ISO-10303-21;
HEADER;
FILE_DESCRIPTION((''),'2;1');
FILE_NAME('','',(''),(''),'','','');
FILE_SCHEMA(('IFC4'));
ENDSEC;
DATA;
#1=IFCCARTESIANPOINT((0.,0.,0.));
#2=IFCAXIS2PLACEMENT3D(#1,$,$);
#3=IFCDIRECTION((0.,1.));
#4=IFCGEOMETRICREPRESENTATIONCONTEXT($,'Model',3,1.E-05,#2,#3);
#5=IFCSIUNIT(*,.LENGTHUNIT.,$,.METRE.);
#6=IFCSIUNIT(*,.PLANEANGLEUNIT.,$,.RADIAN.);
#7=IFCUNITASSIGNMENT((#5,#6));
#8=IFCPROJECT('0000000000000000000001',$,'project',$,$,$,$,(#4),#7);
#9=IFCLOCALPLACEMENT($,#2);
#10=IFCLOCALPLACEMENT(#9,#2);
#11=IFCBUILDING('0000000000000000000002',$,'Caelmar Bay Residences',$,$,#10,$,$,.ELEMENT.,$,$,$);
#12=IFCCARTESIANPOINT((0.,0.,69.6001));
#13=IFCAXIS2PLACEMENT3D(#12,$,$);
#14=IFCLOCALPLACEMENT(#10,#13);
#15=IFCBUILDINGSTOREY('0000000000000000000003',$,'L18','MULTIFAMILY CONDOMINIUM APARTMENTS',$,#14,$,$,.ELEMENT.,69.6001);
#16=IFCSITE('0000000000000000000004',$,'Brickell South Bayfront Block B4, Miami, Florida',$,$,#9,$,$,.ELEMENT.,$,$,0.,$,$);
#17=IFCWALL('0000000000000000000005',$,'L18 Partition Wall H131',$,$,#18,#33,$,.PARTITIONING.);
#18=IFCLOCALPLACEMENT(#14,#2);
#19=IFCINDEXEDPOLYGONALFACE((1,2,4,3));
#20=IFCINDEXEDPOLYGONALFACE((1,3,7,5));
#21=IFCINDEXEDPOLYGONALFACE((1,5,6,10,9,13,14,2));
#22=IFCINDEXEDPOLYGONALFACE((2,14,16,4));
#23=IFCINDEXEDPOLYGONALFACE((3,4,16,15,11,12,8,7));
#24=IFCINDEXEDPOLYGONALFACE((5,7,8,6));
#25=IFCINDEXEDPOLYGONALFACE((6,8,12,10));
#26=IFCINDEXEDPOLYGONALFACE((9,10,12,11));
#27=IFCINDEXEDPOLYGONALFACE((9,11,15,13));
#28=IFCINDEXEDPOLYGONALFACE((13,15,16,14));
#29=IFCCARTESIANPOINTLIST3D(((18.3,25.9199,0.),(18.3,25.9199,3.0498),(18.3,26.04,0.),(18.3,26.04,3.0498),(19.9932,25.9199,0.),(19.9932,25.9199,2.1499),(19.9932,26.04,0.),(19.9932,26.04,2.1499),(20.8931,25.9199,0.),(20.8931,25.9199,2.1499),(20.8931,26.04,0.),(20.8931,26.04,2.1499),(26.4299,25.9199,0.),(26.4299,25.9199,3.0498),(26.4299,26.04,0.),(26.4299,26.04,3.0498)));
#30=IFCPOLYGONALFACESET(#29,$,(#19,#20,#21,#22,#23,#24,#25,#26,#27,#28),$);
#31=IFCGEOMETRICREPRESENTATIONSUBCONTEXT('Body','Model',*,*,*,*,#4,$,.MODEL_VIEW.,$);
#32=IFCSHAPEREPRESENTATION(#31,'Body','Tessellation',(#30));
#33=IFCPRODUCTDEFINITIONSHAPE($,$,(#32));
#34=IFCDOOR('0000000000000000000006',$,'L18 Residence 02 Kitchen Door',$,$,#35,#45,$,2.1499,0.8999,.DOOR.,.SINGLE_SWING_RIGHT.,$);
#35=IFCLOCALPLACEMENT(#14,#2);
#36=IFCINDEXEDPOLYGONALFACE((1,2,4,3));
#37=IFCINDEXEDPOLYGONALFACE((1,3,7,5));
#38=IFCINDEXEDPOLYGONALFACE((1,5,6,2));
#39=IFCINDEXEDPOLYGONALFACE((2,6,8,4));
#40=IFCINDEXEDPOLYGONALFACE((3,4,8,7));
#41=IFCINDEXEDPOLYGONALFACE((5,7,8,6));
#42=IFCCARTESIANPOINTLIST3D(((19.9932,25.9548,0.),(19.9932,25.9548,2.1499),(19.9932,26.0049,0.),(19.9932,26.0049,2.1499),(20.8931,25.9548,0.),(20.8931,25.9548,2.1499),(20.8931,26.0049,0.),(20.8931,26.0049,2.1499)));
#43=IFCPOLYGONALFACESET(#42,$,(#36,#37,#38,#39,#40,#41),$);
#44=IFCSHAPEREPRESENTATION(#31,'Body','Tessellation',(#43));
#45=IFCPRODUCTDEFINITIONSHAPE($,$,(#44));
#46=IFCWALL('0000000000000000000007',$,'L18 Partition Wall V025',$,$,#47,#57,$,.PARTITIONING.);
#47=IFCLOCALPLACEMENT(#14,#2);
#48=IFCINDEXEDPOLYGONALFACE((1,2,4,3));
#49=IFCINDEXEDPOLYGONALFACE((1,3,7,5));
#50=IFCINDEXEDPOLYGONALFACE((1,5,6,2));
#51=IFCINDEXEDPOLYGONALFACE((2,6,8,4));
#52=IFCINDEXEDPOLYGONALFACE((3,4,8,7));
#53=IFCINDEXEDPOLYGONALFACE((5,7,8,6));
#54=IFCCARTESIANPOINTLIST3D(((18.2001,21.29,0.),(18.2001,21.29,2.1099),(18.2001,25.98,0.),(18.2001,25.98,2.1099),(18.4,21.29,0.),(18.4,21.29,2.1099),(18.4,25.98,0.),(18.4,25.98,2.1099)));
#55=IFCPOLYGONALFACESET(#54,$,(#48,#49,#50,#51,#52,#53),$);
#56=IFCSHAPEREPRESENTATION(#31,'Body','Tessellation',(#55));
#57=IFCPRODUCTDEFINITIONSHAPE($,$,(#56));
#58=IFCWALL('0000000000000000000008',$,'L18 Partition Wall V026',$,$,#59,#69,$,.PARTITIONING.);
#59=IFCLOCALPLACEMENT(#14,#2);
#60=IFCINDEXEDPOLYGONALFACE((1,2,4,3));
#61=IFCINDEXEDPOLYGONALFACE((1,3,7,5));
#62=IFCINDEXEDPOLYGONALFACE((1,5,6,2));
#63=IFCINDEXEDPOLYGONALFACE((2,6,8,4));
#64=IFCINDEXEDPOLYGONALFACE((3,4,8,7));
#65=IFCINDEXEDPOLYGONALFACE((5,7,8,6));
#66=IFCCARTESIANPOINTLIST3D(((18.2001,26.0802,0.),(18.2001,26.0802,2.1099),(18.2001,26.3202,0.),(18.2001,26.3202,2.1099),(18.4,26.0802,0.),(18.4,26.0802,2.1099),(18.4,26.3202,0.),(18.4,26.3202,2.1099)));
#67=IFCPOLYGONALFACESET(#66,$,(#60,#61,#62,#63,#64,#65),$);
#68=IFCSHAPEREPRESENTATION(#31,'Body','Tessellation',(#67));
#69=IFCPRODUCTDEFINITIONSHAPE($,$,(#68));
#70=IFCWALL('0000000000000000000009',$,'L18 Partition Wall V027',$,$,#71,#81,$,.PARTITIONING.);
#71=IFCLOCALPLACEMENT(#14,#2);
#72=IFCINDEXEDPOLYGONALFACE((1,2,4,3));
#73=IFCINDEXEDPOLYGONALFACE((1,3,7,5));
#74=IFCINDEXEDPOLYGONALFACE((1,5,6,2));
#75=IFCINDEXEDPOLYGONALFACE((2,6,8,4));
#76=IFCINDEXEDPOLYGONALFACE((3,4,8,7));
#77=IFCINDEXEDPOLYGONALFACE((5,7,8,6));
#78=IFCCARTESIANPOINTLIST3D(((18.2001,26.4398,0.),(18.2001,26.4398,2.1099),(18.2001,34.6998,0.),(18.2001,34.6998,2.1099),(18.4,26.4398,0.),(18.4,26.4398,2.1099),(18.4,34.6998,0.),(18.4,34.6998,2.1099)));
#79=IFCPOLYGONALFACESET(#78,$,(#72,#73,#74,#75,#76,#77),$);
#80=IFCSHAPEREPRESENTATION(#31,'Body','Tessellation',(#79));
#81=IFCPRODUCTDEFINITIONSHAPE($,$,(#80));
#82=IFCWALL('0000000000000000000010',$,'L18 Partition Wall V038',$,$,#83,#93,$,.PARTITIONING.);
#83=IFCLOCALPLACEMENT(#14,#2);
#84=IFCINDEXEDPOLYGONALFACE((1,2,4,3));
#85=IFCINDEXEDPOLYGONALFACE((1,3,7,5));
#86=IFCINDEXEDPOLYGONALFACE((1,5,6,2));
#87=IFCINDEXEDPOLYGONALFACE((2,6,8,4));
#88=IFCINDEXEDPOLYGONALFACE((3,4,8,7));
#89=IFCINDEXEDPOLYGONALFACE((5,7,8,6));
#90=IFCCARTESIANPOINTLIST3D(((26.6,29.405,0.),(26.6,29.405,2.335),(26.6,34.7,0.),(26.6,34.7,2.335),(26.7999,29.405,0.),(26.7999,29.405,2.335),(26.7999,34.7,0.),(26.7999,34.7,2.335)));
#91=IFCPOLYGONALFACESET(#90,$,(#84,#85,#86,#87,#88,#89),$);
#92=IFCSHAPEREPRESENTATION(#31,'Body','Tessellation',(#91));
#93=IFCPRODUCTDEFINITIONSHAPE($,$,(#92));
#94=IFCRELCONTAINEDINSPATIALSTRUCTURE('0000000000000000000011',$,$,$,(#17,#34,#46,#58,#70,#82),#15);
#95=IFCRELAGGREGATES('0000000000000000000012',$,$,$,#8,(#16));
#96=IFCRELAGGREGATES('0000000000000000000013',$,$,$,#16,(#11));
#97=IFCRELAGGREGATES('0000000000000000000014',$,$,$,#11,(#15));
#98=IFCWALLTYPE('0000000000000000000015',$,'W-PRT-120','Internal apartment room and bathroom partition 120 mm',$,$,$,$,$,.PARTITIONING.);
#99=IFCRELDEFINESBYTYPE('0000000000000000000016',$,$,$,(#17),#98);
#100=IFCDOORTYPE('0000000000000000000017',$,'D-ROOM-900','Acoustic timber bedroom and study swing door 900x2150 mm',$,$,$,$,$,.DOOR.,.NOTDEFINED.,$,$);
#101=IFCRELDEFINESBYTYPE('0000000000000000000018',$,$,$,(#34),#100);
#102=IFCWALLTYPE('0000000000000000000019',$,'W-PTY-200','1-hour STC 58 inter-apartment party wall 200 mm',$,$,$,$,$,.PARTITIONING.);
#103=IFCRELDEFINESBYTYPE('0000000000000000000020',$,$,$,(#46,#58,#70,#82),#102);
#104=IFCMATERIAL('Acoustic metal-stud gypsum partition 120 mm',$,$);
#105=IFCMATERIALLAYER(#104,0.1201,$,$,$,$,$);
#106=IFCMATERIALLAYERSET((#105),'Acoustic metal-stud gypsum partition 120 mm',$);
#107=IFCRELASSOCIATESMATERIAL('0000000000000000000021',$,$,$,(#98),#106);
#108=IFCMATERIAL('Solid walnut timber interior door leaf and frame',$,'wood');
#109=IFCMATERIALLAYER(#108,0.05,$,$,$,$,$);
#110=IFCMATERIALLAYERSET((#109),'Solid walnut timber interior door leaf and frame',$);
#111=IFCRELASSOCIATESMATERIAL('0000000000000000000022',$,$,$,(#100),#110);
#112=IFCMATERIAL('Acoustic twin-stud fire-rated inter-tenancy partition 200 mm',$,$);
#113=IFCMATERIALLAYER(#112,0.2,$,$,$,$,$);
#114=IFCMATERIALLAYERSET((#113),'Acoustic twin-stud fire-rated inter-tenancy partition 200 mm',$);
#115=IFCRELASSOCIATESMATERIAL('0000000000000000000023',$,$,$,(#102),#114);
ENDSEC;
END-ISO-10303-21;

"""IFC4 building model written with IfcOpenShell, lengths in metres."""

from ifc_helpers import new_model, si_unit, direction, frame, frame_2d, origin, place, context, subcontext, project, spatial, rectangle, extrude, material, layer, layer_set, type_object, element, fill, save


model = new_model("IFC4")

# Units and contexts
model_context = context("Model", 3, precision=1e-05, world=origin(), true_north=direction((0.0, 1.0)))
body_context = subcontext(model_context, "Body", "Model", "MODEL_VIEW")
ifc_project = project(units=[si_unit("LENGTHUNIT", "METRE"), si_unit("PLANEANGLEUNIT", "RADIAN")], contexts=[model_context])

# Site, building, storey
site_placement = place(None, origin())
site = spatial("IfcSite", under=ifc_project, at=site_placement, Name="Brickell South Bayfront Block B4, Miami, Florida", CompositionType="ELEMENT", RefElevation=0.0)
building_placement = place(site_placement, origin())
building = spatial("IfcBuilding", under=site, at=building_placement, Name="Caelmar Bay Residences", CompositionType="ELEMENT")
storey_placement = place(building_placement, frame((0.0, 0.0, 69.6001)))
storey = spatial("IfcBuildingStorey", under=building, at=storey_placement, Name="L18", Description="MULTIFAMILY CONDOMINIUM APARTMENTS", CompositionType="ELEMENT", Elevation=69.6001)

# Shared definitions
ifc_material_1 = material(Name="Acoustic metal-stud gypsum partition 120 mm")
ifc_layer_1 = layer(ifc_material_1, 0.1201)
ifc_layer_set_1 = layer_set([ifc_layer_1], Name="Acoustic metal-stud gypsum partition 120 mm")
wall_type_1 = type_object("IfcWallType", Name="W-PRT-120", Description="Internal apartment room and bathroom partition 120 mm", PredefinedType="PARTITIONING", material=ifc_layer_set_1)
ifc_material_2 = material(Name="Solid walnut timber interior door leaf and frame", Category="wood")
ifc_layer_2 = layer(ifc_material_2, 0.05)
ifc_layer_set_2 = layer_set([ifc_layer_2], Name="Solid walnut timber interior door leaf and frame")
door_type_1 = type_object("IfcDoorType", Name="D-ROOM-900", Description="Acoustic timber bedroom and study swing door 900x2150 mm", OperationType="NOTDEFINED", PredefinedType="DOOR", material=ifc_layer_set_2)

# Wall, opening, door
wall_1_placement = place(storey_placement, frame((18.3, 25.98, 0.0), z_axis=(0.0, 0.0, 1.0), x_axis=(1.0, 0.0, 0.0)))
wall_1 = element("IfcWall", 1, at=wall_1_placement, inside=storey, type_object=wall_type_1, Name="L18 Partition Wall H131", PredefinedType="PARTITIONING", context=body_context, shape_type="SweptSolid", body=[
    extrude(rectangle(XDim=8.1299, YDim=0.1201, at=frame_2d((4.0649, 0.0))), origin(), (0.0, 0.0, 1.0), 3.0498),
])
opening_1_placement = place(wall_1_placement, frame((1.6931, 0.0, 0.0)))
opening_1 = element("IfcOpeningElement", 2, at=opening_1_placement, cuts=wall_1, PredefinedType="OPENING", context=body_context, shape_type="SweptSolid", body=[
    extrude(rectangle(XDim=0.8999, YDim=2.1499, at=frame_2d((0.45, 1.075))), frame((0.0, 0.0701, 0.0), z_axis=(0.0, -1.0, 0.0), x_axis=(1.0, 0.0, 0.0)), (0.0, 0.0, 1.0), 0.1401),
])
door_1_placement = place(opening_1_placement, origin())
door_1 = element("IfcDoor", 3, at=door_1_placement, inside=storey, type_object=door_type_1, Name="L18 Residence 02 Kitchen Door", OperationType="SINGLE_SWING_RIGHT", OverallHeight=2.1499, OverallWidth=0.8999, PredefinedType="DOOR", context=body_context, shape_type="SweptSolid", body=[
    extrude(rectangle(XDim=0.8999, YDim=2.1499, at=frame_2d((0.45, 1.075))), frame((0.0, 0.0249, 0.0), z_axis=(0.0, -1.0, 0.0), x_axis=(1.0, 0.0, 0.0)), (0.0, 0.0, 1.0), 0.05),
])
fill(opening_1, door_1)

# Walls
ifc_material_3 = material(Name="Acoustic twin-stud fire-rated inter-tenancy partition 200 mm")
ifc_layer_3 = layer(ifc_material_3, 0.2)
ifc_layer_set_3 = layer_set([ifc_layer_3], Name="Acoustic twin-stud fire-rated inter-tenancy partition 200 mm")
wall_type_2 = type_object("IfcWallType", Name="W-PTY-200", Description="1-hour STC 58 inter-apartment party wall 200 mm", PredefinedType="PARTITIONING", material=ifc_layer_set_3)
wall_2_placement = place(storey_placement, frame((18.3, 21.29, 0.0), z_axis=(0.0, 0.0, 1.0), x_axis=(0.0, 1.0, 0.0)))
element("IfcWall", 4, at=wall_2_placement, inside=storey, type_object=wall_type_2, Name="L18 Partition Wall V025", PredefinedType="PARTITIONING", context=body_context, shape_type="SweptSolid", body=[
    extrude(rectangle(XDim=4.6899, YDim=0.2, at=frame_2d((2.345, 0.0))), origin(), (0.0, 0.0, 1.0), 2.1099),
])
wall_3_placement = place(storey_placement, frame((18.3, 26.0801, 0.0), z_axis=(0.0, 0.0, 1.0), x_axis=(0.0, 1.0, 0.0)))
element("IfcWall", 5, at=wall_3_placement, inside=storey, type_object=wall_type_2, Name="L18 Partition Wall V026", PredefinedType="PARTITIONING", context=body_context, shape_type="SweptSolid", body=[
    extrude(rectangle(XDim=0.24, YDim=0.2, at=frame_2d((0.1201, 0.0))), origin(), (0.0, 0.0, 1.0), 2.1099),
])
wall_4_placement = place(storey_placement, frame((18.3, 26.4399, 0.0), z_axis=(0.0, 0.0, 1.0), x_axis=(0.0, 1.0, 0.0)))
element("IfcWall", 6, at=wall_4_placement, inside=storey, type_object=wall_type_2, Name="L18 Partition Wall V027", PredefinedType="PARTITIONING", context=body_context, shape_type="SweptSolid", body=[
    extrude(rectangle(XDim=8.26, YDim=0.2, at=frame_2d((4.1299, 0.0))), origin(), (0.0, 0.0, 1.0), 2.1099),
])
wall_5_placement = place(storey_placement, frame((26.7, 29.405, 0.0), z_axis=(0.0, 0.0, 1.0), x_axis=(0.0, 1.0, 0.0)))
element("IfcWall", 7, at=wall_5_placement, inside=storey, type_object=wall_type_2, Name="L18 Partition Wall V038", PredefinedType="PARTITIONING", context=body_context, shape_type="SweptSolid", body=[
    extrude(rectangle(XDim=5.2949, YDim=0.2, at=frame_2d((2.6475, 0.0))), origin(), (0.0, 0.0, 1.0), 2.335),
])

save(model, "model.ifc")
